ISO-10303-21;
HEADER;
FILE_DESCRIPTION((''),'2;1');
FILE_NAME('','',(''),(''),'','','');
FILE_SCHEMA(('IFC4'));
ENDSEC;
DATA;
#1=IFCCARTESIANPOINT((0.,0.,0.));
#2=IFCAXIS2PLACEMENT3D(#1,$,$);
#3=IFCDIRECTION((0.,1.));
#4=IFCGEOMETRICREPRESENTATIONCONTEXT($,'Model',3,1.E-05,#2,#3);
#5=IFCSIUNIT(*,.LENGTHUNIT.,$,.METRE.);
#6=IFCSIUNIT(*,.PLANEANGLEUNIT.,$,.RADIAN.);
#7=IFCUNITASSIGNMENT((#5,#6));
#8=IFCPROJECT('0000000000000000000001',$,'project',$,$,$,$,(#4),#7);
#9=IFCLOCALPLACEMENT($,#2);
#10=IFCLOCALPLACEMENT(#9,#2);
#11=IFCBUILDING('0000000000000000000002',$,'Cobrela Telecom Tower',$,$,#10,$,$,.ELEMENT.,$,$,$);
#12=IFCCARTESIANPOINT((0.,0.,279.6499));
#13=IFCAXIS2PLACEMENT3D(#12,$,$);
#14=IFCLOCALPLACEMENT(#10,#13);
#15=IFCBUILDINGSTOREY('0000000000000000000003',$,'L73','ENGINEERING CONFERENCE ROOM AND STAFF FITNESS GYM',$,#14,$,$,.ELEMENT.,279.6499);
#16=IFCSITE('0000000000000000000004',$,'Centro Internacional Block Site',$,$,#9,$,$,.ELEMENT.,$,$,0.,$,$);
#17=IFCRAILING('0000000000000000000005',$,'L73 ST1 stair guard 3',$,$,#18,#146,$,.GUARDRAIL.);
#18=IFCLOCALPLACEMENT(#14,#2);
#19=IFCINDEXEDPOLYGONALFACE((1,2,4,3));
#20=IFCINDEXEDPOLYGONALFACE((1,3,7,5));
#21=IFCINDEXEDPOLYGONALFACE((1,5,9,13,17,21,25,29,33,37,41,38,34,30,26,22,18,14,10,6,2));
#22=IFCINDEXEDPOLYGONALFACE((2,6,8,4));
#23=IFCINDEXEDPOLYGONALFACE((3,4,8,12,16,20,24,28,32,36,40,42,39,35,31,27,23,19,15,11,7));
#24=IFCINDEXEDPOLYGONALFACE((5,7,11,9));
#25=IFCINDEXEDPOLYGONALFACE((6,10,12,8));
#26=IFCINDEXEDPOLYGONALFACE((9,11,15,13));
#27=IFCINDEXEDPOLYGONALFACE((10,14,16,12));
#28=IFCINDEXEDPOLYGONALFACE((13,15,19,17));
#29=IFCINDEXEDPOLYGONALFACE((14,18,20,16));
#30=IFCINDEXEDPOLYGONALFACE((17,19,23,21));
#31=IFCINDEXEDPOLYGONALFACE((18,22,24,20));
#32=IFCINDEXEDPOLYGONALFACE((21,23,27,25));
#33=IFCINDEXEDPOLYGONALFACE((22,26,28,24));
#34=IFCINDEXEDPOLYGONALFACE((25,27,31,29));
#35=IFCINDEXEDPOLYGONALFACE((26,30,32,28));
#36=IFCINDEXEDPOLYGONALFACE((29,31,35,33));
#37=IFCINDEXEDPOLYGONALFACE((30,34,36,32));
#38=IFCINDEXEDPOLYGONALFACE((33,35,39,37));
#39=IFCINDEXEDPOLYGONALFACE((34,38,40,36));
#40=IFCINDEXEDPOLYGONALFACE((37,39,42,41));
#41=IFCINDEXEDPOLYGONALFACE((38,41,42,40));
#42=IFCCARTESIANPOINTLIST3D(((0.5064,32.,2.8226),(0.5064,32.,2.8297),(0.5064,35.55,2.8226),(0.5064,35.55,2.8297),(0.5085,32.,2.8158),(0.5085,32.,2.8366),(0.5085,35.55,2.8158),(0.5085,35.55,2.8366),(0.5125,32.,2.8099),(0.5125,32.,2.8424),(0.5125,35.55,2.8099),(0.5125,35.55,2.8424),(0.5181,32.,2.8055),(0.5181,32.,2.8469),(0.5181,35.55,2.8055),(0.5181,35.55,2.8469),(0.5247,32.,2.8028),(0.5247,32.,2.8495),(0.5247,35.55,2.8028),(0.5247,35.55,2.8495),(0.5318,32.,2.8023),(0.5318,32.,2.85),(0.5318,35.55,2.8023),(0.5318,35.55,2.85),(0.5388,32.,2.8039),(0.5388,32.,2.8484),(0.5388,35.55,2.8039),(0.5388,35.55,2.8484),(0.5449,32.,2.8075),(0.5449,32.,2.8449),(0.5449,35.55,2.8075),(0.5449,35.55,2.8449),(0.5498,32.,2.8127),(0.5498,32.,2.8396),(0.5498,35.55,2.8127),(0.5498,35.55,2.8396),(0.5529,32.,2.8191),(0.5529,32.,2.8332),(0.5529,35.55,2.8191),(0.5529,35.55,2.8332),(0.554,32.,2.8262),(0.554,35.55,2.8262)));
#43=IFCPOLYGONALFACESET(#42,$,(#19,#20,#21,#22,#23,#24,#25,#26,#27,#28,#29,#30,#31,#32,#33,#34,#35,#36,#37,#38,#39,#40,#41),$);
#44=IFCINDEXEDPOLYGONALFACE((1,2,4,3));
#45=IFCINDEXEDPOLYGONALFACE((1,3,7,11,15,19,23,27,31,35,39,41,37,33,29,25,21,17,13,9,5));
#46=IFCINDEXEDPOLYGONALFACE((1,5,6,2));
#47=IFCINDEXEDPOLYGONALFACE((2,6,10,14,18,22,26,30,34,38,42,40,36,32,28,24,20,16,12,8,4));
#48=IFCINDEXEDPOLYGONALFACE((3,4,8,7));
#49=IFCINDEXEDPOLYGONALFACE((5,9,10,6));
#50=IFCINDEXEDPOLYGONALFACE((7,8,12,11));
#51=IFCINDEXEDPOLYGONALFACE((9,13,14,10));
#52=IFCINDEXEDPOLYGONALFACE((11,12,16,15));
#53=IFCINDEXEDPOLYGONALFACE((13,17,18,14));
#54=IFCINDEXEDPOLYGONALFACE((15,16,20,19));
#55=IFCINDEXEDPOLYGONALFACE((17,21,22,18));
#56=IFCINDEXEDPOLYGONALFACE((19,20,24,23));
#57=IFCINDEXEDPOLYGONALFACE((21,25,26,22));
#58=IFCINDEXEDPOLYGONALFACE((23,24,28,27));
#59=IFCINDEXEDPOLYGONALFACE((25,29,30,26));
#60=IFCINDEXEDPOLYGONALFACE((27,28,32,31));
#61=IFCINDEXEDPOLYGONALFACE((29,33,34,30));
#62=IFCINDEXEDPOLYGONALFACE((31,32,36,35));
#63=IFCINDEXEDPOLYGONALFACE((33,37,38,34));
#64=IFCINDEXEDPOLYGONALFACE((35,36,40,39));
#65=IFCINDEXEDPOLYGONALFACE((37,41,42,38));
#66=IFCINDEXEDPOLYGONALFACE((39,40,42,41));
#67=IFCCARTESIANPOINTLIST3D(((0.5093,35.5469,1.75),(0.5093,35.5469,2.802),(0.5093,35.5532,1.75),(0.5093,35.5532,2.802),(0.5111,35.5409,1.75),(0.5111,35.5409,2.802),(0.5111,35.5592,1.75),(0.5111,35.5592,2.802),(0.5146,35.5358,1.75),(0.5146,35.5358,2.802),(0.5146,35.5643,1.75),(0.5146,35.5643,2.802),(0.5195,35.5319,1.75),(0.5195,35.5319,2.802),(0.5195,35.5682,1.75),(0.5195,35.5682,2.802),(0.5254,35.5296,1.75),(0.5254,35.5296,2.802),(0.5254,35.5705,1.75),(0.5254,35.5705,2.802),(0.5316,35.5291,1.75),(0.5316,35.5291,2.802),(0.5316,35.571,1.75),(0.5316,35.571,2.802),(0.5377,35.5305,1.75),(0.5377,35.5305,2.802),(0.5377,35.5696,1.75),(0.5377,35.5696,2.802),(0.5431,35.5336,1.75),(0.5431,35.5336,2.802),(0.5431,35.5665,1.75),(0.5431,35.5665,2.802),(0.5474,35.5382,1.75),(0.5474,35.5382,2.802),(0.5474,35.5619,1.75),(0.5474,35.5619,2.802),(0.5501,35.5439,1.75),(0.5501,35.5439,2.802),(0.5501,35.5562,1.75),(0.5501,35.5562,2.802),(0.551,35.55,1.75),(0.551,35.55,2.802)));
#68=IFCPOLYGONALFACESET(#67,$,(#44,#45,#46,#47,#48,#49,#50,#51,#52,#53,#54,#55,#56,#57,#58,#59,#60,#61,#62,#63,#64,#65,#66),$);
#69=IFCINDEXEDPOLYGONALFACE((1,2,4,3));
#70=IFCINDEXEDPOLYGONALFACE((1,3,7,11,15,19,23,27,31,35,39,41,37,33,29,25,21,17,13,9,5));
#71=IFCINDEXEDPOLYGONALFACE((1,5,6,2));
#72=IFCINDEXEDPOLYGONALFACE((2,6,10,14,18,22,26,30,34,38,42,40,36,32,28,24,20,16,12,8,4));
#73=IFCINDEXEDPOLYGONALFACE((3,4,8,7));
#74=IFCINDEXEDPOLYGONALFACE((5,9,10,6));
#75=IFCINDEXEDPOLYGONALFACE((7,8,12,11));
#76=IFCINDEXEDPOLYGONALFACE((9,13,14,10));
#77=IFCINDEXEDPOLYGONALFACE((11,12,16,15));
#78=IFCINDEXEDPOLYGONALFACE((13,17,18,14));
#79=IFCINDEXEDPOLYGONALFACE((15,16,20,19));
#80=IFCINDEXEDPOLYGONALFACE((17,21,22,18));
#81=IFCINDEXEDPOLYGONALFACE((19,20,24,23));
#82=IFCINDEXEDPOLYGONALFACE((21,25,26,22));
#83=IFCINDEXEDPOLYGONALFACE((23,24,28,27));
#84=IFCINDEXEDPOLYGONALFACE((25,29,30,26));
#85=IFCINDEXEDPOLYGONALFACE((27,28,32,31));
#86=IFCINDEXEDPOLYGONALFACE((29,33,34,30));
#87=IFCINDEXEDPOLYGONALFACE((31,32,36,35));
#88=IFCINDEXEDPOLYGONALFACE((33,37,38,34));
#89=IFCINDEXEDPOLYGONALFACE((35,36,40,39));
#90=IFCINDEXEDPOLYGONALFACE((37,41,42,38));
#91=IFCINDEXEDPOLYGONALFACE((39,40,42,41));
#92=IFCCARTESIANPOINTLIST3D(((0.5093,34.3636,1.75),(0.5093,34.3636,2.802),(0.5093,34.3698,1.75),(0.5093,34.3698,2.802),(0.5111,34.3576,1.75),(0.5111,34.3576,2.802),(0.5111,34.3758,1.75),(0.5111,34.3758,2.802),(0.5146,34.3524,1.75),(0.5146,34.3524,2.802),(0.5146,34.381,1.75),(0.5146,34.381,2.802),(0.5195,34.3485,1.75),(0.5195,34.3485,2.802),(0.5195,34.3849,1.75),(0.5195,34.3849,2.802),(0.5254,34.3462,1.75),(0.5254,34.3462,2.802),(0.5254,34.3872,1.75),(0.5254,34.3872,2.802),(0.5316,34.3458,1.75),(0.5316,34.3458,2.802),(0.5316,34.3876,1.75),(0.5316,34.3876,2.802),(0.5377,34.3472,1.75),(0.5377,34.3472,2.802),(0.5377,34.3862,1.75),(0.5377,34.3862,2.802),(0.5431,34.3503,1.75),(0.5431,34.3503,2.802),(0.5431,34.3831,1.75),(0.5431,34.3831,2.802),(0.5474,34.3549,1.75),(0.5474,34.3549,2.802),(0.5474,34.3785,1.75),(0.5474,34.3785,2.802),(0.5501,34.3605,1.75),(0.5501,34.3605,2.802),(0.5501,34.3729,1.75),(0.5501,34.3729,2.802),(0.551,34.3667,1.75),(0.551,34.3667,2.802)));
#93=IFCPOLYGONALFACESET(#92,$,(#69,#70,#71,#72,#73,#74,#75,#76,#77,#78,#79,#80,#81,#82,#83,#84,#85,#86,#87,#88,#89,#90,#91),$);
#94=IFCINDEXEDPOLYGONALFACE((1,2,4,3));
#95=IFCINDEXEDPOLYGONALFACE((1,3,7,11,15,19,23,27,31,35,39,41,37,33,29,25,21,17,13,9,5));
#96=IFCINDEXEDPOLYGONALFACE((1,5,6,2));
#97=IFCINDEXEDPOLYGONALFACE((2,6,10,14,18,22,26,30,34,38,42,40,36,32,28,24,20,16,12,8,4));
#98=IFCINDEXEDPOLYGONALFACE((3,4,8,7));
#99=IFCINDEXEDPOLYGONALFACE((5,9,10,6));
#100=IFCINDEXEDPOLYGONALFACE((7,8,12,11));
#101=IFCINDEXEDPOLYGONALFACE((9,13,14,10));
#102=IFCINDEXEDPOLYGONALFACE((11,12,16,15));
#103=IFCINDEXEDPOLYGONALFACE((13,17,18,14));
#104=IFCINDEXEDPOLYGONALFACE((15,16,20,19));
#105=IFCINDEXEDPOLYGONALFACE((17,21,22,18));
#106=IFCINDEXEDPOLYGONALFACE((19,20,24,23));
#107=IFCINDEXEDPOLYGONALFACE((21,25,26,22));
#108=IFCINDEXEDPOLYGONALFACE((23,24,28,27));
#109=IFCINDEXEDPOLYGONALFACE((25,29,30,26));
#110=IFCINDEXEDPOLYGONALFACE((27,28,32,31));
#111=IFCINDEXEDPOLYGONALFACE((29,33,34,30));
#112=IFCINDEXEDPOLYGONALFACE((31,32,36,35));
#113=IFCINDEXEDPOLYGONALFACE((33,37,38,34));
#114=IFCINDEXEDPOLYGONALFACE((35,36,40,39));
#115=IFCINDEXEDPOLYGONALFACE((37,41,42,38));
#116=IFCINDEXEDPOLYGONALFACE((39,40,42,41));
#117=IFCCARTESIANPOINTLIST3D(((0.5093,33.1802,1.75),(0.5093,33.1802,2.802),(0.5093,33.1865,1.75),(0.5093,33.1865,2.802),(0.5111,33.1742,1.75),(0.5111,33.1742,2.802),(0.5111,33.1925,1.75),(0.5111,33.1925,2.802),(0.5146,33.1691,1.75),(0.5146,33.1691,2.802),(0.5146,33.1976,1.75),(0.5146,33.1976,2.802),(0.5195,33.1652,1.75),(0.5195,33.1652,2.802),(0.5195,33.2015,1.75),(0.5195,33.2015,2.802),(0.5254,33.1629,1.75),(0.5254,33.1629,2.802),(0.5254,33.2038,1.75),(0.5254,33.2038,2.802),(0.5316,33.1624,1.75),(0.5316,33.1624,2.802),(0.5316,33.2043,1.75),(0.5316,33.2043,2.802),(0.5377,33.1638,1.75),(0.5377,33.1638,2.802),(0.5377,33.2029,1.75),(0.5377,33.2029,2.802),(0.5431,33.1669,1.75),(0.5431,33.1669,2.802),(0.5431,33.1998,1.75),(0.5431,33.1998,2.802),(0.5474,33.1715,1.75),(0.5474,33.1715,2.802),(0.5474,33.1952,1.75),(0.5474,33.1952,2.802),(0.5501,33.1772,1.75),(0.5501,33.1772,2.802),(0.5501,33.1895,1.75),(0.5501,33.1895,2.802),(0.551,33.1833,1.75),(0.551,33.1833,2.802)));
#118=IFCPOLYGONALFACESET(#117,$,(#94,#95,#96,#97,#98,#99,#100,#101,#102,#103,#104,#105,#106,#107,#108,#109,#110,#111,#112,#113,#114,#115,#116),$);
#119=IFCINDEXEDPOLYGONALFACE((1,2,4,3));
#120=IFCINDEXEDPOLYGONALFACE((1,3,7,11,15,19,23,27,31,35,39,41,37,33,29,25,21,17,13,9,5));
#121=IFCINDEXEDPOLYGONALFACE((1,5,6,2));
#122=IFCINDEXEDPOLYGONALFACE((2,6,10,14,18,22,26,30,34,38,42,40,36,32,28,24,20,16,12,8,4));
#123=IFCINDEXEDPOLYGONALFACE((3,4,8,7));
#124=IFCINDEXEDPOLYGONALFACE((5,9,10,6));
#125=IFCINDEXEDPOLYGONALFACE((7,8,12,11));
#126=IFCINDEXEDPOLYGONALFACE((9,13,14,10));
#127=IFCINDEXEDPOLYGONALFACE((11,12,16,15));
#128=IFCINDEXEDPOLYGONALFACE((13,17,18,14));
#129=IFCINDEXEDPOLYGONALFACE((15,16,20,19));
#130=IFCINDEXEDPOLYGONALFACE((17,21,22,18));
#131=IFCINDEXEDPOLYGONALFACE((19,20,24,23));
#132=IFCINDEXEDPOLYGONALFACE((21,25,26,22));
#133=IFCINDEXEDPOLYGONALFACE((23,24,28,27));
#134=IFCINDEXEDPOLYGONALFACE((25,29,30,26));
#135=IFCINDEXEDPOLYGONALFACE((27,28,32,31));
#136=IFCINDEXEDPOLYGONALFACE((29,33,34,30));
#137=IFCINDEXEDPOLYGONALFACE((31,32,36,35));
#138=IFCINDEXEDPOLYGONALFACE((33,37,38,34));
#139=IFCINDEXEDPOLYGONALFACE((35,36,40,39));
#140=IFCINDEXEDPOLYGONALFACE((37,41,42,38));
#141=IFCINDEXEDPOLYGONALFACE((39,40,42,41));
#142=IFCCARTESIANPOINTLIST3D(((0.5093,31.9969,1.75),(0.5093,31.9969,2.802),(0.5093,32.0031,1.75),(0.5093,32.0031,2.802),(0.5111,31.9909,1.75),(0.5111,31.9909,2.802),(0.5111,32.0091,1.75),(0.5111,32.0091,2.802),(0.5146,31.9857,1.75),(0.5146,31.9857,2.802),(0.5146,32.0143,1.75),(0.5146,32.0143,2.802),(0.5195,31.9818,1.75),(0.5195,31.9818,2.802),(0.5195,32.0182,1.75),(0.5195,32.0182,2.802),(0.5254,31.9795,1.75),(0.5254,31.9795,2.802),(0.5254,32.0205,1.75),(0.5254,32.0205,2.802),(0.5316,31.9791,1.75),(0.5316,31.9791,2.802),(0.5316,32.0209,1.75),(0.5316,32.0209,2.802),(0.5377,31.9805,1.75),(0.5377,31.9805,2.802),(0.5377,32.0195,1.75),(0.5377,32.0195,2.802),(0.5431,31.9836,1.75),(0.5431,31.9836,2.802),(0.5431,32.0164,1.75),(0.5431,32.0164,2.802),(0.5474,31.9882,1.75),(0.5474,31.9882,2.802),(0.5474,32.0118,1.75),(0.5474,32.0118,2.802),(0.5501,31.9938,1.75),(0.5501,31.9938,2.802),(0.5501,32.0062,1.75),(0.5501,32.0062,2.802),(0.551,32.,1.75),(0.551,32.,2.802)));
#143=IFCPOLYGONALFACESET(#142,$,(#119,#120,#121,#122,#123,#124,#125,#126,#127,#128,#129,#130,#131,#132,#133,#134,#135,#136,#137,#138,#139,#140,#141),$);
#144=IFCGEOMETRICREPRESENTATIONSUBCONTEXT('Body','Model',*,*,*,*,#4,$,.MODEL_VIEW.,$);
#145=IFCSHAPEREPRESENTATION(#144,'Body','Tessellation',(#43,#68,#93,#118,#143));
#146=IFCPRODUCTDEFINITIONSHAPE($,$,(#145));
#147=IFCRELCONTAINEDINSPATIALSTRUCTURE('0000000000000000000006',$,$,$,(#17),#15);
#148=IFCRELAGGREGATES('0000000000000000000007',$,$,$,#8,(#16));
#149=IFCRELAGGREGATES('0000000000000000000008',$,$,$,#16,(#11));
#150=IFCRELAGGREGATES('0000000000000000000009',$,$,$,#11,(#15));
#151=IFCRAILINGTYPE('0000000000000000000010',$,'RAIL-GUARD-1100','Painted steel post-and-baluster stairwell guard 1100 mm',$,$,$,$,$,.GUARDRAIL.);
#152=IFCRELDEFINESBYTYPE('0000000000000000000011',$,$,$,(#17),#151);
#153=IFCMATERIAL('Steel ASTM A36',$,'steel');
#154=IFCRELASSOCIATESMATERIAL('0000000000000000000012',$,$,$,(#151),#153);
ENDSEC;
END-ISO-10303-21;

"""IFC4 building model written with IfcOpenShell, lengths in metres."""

from ifc_helpers import new_model, si_unit, direction, frame, origin, origin_2d, place, context, subcontext, project, spatial, circle, extrude, material, type_object, element, save


model = new_model("IFC4")

# Units and contexts
model_context = context("Model", 3, precision=1e-05, world=origin(), true_north=direction((0.0, 1.0)))
body_context = subcontext(model_context, "Body", "Model", "MODEL_VIEW")
ifc_project = project(units=[si_unit("LENGTHUNIT", "METRE"), si_unit("PLANEANGLEUNIT", "RADIAN")], contexts=[model_context])

# Site, building, storey
site_placement = place(None, origin())
site = spatial("IfcSite", under=ifc_project, at=site_placement, Name="Centro Internacional Block Site", CompositionType="ELEMENT", RefElevation=0.0)
building_placement = place(site_placement, origin())
building = spatial("IfcBuilding", under=site, at=building_placement, Name="Cobrela Telecom Tower", CompositionType="ELEMENT")
storey_placement = place(building_placement, frame((0.0, 0.0, 279.6499)))
storey = spatial("IfcBuildingStorey", under=building, at=storey_placement, Name="L73", Description="ENGINEERING CONFERENCE ROOM AND STAFF FITNESS GYM", CompositionType="ELEMENT", Elevation=279.6499)

# Shared definitions
ifc_material_1 = material(Name="Steel ASTM A36", Category="steel")

# Railing
railing_type_1 = type_object("IfcRailingType", Name="RAIL-GUARD-1100", Description="Painted steel post-and-baluster stairwell guard 1100 mm", PredefinedType="GUARDRAIL", material=ifc_material_1)
railing_1_placement = place(storey_placement, frame((0.53, 35.55, 1.75)))
element("IfcRailing", 1, at=railing_1_placement, inside=storey, type_object=railing_type_1, Name="L73 ST1 stair guard 3", PredefinedType="GUARDRAIL", context=body_context, shape_type="SweptSolid", body=[
    extrude(circle(Radius=0.0239, at=origin_2d()), frame((0.0, 0.0, 1.0762), z_axis=(0.0, -1.0, 0.0), x_axis=(1.0, 0.0, 0.0)), (0.0, 0.0, 1.0), 3.55),
    extrude(circle(Radius=0.021, at=origin_2d()), origin(), (0.0, 0.0, 1.0), 1.052),
    extrude(circle(Radius=0.021, at=origin_2d()), frame((0.0, -1.1833, 0.0)), (0.0, 0.0, 1.0), 1.052),
    extrude(circle(Radius=0.021, at=origin_2d()), frame((0.0, -2.3667, 0.0)), (0.0, 0.0, 1.0), 1.052),
    extrude(circle(Radius=0.021, at=origin_2d()), frame((0.0, -3.55, 0.0)), (0.0, 0.0, 1.0), 1.052),
])

save(model, "model.ifc")
